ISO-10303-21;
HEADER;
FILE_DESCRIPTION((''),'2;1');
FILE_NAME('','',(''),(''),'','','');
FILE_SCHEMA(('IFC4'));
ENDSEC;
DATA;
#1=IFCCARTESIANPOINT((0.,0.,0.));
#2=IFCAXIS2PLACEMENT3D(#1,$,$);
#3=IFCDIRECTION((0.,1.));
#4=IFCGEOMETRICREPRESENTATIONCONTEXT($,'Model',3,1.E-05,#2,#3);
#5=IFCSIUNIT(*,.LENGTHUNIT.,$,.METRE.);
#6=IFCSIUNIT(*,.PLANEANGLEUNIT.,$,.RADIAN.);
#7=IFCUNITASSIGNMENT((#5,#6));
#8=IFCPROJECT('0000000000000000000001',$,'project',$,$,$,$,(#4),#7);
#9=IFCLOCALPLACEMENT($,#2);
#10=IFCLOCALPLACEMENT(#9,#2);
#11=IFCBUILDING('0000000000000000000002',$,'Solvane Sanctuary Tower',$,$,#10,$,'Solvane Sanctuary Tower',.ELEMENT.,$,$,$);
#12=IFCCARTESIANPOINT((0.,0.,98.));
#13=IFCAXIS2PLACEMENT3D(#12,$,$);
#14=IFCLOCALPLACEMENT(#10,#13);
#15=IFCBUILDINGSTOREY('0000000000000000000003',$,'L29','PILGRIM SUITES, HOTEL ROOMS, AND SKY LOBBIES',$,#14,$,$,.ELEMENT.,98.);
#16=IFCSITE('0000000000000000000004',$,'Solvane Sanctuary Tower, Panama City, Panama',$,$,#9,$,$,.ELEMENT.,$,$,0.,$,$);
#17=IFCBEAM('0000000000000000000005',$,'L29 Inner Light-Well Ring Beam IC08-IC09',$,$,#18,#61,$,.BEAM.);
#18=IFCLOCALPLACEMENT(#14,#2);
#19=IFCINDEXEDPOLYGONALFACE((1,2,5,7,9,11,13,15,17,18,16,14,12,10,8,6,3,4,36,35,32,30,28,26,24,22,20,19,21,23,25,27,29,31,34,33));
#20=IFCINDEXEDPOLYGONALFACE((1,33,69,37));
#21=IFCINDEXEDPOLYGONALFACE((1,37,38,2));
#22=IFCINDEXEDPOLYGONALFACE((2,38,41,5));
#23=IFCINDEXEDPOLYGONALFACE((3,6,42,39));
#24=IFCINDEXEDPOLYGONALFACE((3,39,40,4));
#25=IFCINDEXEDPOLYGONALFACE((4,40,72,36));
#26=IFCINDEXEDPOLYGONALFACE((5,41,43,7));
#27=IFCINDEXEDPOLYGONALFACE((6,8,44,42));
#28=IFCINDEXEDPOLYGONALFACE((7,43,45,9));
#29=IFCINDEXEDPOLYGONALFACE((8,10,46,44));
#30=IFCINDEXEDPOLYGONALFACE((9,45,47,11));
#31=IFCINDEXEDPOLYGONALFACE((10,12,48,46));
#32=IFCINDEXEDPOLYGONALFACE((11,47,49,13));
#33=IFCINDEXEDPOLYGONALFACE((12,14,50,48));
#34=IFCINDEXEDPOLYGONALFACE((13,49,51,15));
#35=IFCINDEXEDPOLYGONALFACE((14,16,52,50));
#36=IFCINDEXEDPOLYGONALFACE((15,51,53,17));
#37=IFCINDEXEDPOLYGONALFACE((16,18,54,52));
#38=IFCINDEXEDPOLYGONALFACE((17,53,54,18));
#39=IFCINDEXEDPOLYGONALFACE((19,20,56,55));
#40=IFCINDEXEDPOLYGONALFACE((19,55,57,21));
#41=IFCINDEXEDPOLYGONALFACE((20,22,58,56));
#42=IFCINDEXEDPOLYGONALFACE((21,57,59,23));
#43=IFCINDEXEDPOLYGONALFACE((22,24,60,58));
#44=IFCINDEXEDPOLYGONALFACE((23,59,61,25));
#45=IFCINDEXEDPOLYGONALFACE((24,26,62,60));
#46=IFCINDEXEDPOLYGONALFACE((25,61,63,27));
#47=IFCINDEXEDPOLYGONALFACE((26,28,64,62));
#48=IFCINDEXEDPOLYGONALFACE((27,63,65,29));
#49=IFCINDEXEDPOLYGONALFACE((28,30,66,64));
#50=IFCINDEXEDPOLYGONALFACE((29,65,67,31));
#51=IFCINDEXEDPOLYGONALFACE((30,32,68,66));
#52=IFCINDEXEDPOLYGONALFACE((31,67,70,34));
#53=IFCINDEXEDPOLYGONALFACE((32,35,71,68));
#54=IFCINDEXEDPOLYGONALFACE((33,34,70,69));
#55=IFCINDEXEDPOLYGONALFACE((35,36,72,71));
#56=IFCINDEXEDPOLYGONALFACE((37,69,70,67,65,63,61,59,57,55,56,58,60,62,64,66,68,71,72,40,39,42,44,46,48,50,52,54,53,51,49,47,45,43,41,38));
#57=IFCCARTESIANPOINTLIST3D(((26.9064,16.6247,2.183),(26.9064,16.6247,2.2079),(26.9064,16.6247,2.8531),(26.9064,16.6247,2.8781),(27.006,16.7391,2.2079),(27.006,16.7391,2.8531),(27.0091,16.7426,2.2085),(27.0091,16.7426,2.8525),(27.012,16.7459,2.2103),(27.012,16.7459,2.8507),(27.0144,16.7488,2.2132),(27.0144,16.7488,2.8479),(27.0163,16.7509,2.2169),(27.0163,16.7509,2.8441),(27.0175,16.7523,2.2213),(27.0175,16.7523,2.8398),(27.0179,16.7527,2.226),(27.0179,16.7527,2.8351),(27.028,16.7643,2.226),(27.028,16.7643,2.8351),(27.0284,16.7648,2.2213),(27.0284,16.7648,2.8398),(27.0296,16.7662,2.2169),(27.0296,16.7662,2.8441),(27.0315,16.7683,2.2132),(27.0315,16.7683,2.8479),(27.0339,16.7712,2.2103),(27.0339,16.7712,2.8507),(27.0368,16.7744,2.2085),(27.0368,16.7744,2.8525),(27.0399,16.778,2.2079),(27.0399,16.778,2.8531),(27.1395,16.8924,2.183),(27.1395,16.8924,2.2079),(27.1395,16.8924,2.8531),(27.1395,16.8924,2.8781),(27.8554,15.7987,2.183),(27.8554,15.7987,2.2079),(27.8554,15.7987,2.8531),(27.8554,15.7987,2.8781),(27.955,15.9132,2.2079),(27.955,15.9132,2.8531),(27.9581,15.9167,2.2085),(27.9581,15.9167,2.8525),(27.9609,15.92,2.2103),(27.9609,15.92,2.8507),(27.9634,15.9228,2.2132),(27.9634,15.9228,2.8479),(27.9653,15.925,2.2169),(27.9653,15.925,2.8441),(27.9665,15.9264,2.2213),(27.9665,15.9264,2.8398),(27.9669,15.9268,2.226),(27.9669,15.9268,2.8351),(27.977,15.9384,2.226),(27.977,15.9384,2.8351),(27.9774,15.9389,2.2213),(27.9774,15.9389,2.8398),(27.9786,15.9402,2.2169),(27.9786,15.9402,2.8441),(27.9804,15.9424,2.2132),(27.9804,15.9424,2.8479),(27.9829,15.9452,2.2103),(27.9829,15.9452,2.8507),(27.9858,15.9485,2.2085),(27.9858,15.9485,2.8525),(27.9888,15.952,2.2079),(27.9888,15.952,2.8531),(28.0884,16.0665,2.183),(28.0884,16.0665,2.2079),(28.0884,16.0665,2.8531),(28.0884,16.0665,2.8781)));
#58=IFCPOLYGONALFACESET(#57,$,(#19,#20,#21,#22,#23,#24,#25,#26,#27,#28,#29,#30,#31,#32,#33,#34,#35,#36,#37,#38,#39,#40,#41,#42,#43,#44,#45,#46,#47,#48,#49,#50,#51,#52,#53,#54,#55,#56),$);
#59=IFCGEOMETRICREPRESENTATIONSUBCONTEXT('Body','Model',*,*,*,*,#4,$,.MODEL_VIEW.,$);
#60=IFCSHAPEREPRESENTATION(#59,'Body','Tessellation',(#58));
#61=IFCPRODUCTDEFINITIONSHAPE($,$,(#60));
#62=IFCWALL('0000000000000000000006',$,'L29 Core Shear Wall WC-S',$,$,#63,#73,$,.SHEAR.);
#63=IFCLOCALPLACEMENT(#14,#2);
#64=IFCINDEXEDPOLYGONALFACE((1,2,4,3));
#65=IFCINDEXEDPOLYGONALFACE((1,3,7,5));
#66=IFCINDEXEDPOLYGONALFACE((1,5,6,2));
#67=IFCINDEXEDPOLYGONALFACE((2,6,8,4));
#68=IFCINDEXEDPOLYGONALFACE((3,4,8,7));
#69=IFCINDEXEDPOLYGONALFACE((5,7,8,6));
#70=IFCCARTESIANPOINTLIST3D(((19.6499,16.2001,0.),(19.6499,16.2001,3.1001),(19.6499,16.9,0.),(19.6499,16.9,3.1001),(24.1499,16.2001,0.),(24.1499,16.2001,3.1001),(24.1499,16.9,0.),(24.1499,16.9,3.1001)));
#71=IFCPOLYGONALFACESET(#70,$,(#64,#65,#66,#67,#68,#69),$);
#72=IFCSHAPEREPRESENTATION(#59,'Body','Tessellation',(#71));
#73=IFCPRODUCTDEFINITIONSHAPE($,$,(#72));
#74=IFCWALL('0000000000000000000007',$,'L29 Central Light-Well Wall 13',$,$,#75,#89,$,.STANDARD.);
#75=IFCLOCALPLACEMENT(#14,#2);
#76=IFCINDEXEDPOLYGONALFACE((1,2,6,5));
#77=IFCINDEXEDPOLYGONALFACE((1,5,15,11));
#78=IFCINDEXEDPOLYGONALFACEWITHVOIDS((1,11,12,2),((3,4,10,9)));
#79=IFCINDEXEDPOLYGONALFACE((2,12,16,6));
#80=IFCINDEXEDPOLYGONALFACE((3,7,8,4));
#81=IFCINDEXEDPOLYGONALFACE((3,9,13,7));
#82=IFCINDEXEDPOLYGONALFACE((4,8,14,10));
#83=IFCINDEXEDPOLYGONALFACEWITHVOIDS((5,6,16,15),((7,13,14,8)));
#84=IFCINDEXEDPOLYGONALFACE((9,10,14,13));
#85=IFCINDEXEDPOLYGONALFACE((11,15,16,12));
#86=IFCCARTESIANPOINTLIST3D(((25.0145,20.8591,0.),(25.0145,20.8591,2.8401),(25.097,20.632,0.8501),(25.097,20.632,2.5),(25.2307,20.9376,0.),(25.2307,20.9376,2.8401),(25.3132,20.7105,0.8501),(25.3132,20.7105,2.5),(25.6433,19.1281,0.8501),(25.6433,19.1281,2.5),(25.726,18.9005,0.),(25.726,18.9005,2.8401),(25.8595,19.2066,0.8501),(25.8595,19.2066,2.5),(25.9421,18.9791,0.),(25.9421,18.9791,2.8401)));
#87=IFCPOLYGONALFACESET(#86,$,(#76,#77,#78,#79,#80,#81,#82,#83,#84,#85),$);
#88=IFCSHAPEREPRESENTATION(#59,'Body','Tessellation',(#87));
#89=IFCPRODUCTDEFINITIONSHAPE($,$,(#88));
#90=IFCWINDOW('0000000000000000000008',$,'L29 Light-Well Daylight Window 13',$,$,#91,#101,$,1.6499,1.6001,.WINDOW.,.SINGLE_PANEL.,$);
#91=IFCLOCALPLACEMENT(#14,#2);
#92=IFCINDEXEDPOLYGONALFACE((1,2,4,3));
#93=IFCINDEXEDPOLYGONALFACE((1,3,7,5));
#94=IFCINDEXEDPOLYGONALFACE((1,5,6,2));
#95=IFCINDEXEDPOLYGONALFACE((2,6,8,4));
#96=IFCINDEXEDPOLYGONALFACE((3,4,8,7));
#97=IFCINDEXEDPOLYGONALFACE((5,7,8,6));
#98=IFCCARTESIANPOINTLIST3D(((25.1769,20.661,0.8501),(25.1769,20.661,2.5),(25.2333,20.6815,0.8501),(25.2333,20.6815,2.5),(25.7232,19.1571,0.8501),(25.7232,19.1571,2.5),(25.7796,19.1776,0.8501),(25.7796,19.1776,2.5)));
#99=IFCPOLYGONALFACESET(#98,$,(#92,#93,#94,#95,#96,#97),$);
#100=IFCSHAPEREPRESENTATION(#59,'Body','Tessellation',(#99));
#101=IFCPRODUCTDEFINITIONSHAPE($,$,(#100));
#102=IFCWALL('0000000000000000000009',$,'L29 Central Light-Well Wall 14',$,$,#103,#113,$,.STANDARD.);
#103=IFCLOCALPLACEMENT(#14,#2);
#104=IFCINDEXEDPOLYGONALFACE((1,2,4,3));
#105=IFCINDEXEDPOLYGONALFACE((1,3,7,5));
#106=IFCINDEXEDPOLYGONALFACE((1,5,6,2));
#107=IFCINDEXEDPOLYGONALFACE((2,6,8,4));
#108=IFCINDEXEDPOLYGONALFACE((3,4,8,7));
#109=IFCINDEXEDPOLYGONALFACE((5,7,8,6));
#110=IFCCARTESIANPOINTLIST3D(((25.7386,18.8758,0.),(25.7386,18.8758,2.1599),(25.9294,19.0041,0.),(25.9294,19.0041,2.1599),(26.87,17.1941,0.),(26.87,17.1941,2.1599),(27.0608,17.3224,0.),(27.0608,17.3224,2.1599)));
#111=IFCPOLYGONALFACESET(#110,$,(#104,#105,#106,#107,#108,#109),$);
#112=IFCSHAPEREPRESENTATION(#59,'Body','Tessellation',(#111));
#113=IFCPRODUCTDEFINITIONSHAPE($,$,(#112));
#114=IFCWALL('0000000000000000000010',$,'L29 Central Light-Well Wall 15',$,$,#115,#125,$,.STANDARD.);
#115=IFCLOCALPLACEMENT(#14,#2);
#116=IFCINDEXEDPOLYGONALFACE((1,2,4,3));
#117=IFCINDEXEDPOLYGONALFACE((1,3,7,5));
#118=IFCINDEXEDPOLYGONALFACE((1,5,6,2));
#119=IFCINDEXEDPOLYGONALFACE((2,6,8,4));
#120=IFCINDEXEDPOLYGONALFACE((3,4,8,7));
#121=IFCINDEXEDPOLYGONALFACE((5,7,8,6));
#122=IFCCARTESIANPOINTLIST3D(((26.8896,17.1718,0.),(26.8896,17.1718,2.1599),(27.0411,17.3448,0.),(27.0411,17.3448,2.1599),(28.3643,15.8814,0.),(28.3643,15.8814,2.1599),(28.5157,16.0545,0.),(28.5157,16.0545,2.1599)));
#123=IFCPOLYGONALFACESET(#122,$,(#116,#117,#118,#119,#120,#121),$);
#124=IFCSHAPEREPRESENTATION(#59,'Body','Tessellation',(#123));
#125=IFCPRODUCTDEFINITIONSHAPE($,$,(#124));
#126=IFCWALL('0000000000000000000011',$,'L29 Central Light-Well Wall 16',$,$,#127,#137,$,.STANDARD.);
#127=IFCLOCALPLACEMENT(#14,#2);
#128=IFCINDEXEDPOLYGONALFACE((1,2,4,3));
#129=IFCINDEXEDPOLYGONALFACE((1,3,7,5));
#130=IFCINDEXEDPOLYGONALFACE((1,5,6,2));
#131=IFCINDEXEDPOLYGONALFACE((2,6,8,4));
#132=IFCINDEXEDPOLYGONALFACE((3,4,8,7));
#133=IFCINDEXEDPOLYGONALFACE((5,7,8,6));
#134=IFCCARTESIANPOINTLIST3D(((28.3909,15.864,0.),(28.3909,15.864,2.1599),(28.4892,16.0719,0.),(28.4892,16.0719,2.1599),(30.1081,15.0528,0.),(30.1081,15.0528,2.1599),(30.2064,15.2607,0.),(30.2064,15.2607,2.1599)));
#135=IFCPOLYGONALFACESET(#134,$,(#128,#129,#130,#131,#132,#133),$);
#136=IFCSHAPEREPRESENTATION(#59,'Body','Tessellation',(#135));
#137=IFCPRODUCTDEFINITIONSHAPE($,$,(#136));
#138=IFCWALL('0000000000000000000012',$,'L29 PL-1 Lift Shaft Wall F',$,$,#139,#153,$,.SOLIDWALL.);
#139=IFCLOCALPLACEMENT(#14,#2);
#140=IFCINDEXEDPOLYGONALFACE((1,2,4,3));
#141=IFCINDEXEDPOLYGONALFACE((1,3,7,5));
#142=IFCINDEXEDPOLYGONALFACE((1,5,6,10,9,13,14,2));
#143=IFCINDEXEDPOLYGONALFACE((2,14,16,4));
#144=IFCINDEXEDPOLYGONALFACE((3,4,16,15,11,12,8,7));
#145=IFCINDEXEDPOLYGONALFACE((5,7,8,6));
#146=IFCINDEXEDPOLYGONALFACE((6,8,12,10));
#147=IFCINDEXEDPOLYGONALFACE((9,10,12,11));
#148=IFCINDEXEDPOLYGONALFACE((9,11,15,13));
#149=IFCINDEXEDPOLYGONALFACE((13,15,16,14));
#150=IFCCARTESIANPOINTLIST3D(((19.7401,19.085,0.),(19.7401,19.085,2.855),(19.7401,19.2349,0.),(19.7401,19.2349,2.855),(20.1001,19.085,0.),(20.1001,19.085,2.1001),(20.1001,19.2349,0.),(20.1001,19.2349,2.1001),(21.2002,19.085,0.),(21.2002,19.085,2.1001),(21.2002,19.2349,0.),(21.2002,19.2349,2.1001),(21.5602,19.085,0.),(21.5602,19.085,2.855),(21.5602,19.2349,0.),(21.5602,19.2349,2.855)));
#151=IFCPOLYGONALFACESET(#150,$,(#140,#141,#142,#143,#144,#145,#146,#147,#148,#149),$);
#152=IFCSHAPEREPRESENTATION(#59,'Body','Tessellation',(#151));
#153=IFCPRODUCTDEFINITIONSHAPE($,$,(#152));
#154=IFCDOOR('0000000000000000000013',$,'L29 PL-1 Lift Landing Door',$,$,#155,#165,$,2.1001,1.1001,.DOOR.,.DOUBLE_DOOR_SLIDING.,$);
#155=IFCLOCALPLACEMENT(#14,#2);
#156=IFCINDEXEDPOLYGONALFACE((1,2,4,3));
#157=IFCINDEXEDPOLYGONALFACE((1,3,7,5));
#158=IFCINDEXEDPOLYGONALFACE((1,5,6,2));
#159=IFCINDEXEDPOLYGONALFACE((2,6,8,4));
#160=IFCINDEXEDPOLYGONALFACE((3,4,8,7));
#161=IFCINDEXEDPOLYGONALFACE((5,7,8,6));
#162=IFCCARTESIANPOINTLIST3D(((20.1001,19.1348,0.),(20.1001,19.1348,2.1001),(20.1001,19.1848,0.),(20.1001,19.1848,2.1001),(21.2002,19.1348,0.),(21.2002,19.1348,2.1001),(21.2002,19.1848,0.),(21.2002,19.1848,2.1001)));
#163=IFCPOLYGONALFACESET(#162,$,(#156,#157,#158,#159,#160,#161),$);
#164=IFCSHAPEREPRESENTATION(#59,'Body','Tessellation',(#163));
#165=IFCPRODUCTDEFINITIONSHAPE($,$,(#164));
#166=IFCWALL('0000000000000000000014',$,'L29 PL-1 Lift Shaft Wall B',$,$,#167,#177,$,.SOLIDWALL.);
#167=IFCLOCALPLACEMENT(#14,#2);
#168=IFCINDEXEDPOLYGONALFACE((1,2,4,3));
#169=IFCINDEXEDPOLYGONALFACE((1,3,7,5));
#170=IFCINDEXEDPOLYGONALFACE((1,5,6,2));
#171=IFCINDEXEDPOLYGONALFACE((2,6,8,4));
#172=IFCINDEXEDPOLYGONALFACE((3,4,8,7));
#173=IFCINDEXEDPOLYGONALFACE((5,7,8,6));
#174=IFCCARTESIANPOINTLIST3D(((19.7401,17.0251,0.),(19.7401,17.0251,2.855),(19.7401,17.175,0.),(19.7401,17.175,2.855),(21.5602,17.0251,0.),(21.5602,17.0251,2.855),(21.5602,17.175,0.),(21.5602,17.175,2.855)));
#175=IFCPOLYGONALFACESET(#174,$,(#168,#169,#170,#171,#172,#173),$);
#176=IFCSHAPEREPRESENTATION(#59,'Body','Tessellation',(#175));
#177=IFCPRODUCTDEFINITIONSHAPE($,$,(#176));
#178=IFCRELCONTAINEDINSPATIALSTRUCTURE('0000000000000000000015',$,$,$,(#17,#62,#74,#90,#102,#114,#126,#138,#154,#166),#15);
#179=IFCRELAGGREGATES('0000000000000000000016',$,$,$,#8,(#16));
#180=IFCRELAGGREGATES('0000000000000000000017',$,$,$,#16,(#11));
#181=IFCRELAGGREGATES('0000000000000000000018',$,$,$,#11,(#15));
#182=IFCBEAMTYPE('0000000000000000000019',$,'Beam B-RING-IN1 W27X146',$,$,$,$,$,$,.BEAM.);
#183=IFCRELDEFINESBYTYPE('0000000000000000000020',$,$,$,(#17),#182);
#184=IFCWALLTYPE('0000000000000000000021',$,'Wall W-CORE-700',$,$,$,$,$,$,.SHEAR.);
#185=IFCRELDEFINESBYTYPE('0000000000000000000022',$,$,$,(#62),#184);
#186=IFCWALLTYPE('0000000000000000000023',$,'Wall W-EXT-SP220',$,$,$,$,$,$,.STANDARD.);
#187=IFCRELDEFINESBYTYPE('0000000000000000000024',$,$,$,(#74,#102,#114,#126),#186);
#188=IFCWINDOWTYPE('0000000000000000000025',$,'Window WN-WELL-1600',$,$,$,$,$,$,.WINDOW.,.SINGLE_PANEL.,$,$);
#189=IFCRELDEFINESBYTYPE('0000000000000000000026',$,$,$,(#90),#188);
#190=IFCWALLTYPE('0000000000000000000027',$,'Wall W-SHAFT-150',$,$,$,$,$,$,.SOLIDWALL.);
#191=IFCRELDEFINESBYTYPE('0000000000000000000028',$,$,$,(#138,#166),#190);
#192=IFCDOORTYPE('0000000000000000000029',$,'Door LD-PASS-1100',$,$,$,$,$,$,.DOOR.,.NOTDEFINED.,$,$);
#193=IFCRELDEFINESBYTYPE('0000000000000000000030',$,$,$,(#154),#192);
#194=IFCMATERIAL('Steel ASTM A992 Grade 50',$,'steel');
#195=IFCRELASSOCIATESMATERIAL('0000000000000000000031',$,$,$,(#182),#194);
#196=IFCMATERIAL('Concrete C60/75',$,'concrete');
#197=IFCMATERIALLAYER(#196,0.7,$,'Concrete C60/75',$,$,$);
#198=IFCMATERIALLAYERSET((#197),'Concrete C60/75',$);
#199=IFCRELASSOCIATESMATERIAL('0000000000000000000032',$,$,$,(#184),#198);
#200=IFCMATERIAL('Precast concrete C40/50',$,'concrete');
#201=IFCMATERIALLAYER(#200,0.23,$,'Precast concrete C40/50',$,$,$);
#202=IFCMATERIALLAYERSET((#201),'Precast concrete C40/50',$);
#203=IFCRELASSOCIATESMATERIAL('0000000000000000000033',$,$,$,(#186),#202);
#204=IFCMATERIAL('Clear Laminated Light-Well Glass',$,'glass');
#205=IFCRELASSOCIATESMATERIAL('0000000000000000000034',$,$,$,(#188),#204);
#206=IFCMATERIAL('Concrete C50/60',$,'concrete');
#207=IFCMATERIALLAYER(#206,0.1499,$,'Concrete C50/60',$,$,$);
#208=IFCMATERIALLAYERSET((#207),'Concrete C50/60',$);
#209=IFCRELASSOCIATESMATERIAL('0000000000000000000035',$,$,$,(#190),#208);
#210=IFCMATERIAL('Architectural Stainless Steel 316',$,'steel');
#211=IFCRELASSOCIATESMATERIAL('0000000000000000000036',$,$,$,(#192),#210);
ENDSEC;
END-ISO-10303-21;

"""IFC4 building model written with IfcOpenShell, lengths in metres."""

from ifc_helpers import new_model, si_unit, direction, frame, frame_2d, origin, origin_2d, place, context, subcontext, project, spatial, rectangle, i_section, extrude, material, layer, layer_set, material_profile, profile_set, type_object, element, fill, save


model = new_model("IFC4")

# Units and contexts
model_context = context("Model", 3, precision=1e-05, world=origin(), true_north=direction((0.0, 1.0)))
body_context = subcontext(model_context, "Body", "Model", "MODEL_VIEW")
ifc_project = project(units=[si_unit("LENGTHUNIT", "METRE"), si_unit("PLANEANGLEUNIT", "RADIAN")], contexts=[model_context])

# Site, building, storey
site_placement = place(None, origin())
site = spatial("IfcSite", under=ifc_project, at=site_placement, Name="Solvane Sanctuary Tower, Panama City, Panama", CompositionType="ELEMENT", RefElevation=0.0)
building_placement = place(site_placement, origin())
building = spatial("IfcBuilding", under=site, at=building_placement, Name="Solvane Sanctuary Tower", LongName="Solvane Sanctuary Tower", CompositionType="ELEMENT")
storey_placement = place(building_placement, frame((0.0, 0.0, 98.0)))
storey = spatial("IfcBuildingStorey", under=building, at=storey_placement, Name="L29", Description="PILGRIM SUITES, HOTEL ROOMS, AND SKY LOBBIES", CompositionType="ELEMENT", Elevation=98.0)

# Shared definitions
ifc_material_1 = material(Name="Concrete C60/75", Category="concrete")

# Beam
ifc_material_2 = material(Name="Steel ASTM A992 Grade 50", Category="steel")
ifc_material_profile_1 = material_profile(ifc_material_2, i_section(OverallWidth=0.355, OverallDepth=0.6951, WebThickness=0.0154, FlangeThickness=0.0249, FilletRadius=0.0181, at=origin_2d()), Name="W27X146")
ifc_profile_set_1 = profile_set([ifc_material_profile_1], Name="Steel ASTM A992 Grade 50")
beam_type_1 = type_object("IfcBeamType", Name="Beam B-RING-IN1 W27X146", PredefinedType="BEAM", material=ifc_profile_set_1)
beam_1_placement = place(storey_placement, frame((27.0229, 16.7585, 2.5305), z_axis=(0.754317, -0.65651, 0.0), x_axis=(0.65651, 0.754317, 0.0)))
element("IfcBeam", 1, at=beam_1_placement, inside=storey, type_object=beam_type_1, Name="L29 Inner Light-Well Ring Beam IC08-IC09", PredefinedType="BEAM", context=body_context, shape_type="SweptSolid", body=[
    extrude(i_section(OverallWidth=0.355, OverallDepth=0.6951, WebThickness=0.0154, FlangeThickness=0.0249, FilletRadius=0.0181, at=origin_2d()), origin(), (0.0, 0.0, 1.0), 1.2581),
])

# Wall
ifc_layer_1 = layer(ifc_material_1, 0.7, Name="Concrete C60/75")
ifc_layer_set_1 = layer_set([ifc_layer_1], Name="Concrete C60/75")
wall_type_1 = type_object("IfcWallType", Name="Wall W-CORE-700", PredefinedType="SHEAR", material=ifc_layer_set_1)
wall_1_placement = place(storey_placement, frame((19.6499, 16.55, 0.0), z_axis=(0.0, 0.0, 1.0), x_axis=(1.0, 0.0, 0.0)))
element("IfcWall", 2, at=wall_1_placement, inside=storey, type_object=wall_type_1, Name="L29 Core Shear Wall WC-S", PredefinedType="SHEAR", context=body_context, shape_type="SweptSolid", body=[
    extrude(rectangle(XDim=4.5, YDim=0.7, at=frame_2d((2.25, 0.0))), origin(), (0.0, 0.0, 1.0), 3.1001),
])

# Wall, opening, window
ifc_material_3 = material(Name="Precast concrete C40/50", Category="concrete")
ifc_layer_2 = layer(ifc_material_3, 0.23, Name="Precast concrete C40/50")
ifc_layer_set_2 = layer_set([ifc_layer_2], Name="Precast concrete C40/50")
wall_type_2 = type_object("IfcWallType", Name="Wall W-EXT-SP220", PredefinedType="STANDARD", material=ifc_layer_set_2)
wall_2_placement = place(storey_placement, frame((25.1226, 20.8984, 0.0), z_axis=(0.0, 0.0, 1.0), x_axis=(0.341423, -0.93991, 0.0)))
wall_2 = element("IfcWall", 3, at=wall_2_placement, inside=storey, type_object=wall_type_2, Name="L29 Central Light-Well Wall 13", PredefinedType="STANDARD", context=body_context, shape_type="SweptSolid", body=[
    extrude(rectangle(XDim=2.0837, YDim=0.23, at=frame_2d((1.042, 0.0))), origin(), (0.0, 0.0, 1.0), 2.8401),
])
opening_1_placement = place(wall_2_placement, frame((0.2417, 0.0, 0.8501)))
opening_1 = element("IfcOpeningElement", 4, at=opening_1_placement, cuts=wall_2, PredefinedType="OPENING", context=body_context, shape_type="SweptSolid", body=[
    extrude(rectangle(XDim=1.6001, YDim=1.6499, at=frame_2d((0.8, 0.825))), frame((0.0, 0.125, 0.0), z_axis=(0.0, -1.0, 0.0), x_axis=(1.0, 0.0, 0.0)), (0.0, 0.0, 1.0), 0.25),
])
ifc_material_4 = material(Name="Clear Laminated Light-Well Glass", Category="glass")
window_type = type_object("IfcWindowType", Name="Window WN-WELL-1600", PartitioningType="SINGLE_PANEL", PredefinedType="WINDOW", material=ifc_material_4)
window_placement = place(opening_1_placement, origin())
window = element("IfcWindow", 5, at=window_placement, inside=storey, type_object=window_type, Name="L29 Light-Well Daylight Window 13", OverallHeight=1.6499, OverallWidth=1.6001, PartitioningType="SINGLE_PANEL", PredefinedType="WINDOW", context=body_context, shape_type="SweptSolid", body=[
    extrude(rectangle(XDim=1.6001, YDim=1.6499, at=frame_2d((0.8, 0.825))), frame((0.0, 0.03, 0.0), z_axis=(0.0, -1.0, 0.0), x_axis=(1.0, 0.0, 0.0)), (0.0, 0.0, 1.0), 0.0601),
])
fill(opening_1, window)

# Walls
wall_3_placement = place(storey_placement, frame((25.834, 18.9399, 0.0), z_axis=(0.0, 0.0, 1.0), x_axis=(0.558198, -0.829708, 0.0)))
element("IfcWall", 6, at=wall_3_placement, inside=storey, type_object=wall_type_2, Name="L29 Central Light-Well Wall 14", PredefinedType="STANDARD", context=body_context, shape_type="SweptSolid", body=[
    extrude(rectangle(XDim=2.0269, YDim=0.23, at=frame_2d((1.0134, 0.0))), origin(), (0.0, 0.0, 1.0), 2.1599),
])
wall_4_placement = place(storey_placement, frame((26.9653, 17.2583, 0.0), z_axis=(0.0, 0.0, 1.0), x_axis=(0.752577, -0.658505, 0.0)))
element("IfcWall", 7, at=wall_4_placement, inside=storey, type_object=wall_type_2, Name="L29 Central Light-Well Wall 15", PredefinedType="STANDARD", context=body_context, shape_type="SweptSolid", body=[
    extrude(rectangle(XDim=1.9595, YDim=0.23, at=frame_2d((0.9797, 0.0))), origin(), (0.0, 0.0, 1.0), 2.1599),
])
wall_5_placement = place(storey_placement, frame((28.4399, 15.968, 0.0), z_axis=(0.0, 0.0, 1.0), x_axis=(0.90418, -0.427152, 0.0)))
element("IfcWall", 8, at=wall_5_placement, inside=storey, type_object=wall_type_2, Name="L29 Central Light-Well Wall 16", PredefinedType="STANDARD", context=body_context, shape_type="SweptSolid", body=[
    extrude(rectangle(XDim=1.8992, YDim=0.23, at=frame_2d((0.9497, 0.0))), origin(), (0.0, 0.0, 1.0), 2.1599),
])

# Wall, opening, door
ifc_material_5 = material(Name="Concrete C50/60", Category="concrete")
ifc_layer_3 = layer(ifc_material_5, 0.1499, Name="Concrete C50/60")
ifc_layer_set_3 = layer_set([ifc_layer_3], Name="Concrete C50/60")
wall_type_3 = type_object("IfcWallType", Name="Wall W-SHAFT-150", PredefinedType="SOLIDWALL", material=ifc_layer_set_3)
wall_6_placement = place(storey_placement, frame((19.74, 19.1599, 0.0), z_axis=(0.0, 0.0, 1.0), x_axis=(1.0, 0.0, 0.0)))
wall_6 = element("IfcWall", 9, at=wall_6_placement, inside=storey, type_object=wall_type_3, Name="L29 PL-1 Lift Shaft Wall F", PredefinedType="SOLIDWALL", context=body_context, shape_type="SweptSolid", body=[
    extrude(rectangle(XDim=1.8201, YDim=0.1499, at=frame_2d((0.9102, 0.0))), origin(), (0.0, 0.0, 1.0), 2.855),
])
opening_2_placement = place(wall_6_placement, frame((0.3601, 0.0, 0.0)))
opening_2 = element("IfcOpeningElement", 10, at=opening_2_placement, cuts=wall_6, PredefinedType="OPENING", context=body_context, shape_type="SweptSolid", body=[
    extrude(rectangle(XDim=1.1001, YDim=2.1001, at=frame_2d((0.55, 1.05))), frame((0.0, 0.085, 0.0), z_axis=(0.0, -1.0, 0.0), x_axis=(1.0, 0.0, 0.0)), (0.0, 0.0, 1.0), 0.1699),
])
ifc_material_6 = material(Name="Architectural Stainless Steel 316", Category="steel")
door_type = type_object("IfcDoorType", Name="Door LD-PASS-1100", OperationType="NOTDEFINED", PredefinedType="DOOR", material=ifc_material_6)
door_1_placement = place(opening_2_placement, origin())
door_1 = element("IfcDoor", 11, at=door_1_placement, inside=storey, type_object=door_type, Name="L29 PL-1 Lift Landing Door", OperationType="DOUBLE_DOOR_SLIDING", OverallHeight=2.1001, OverallWidth=1.1001, PredefinedType="DOOR", context=body_context, shape_type="SweptSolid", body=[
    extrude(rectangle(XDim=1.1001, YDim=2.1001, at=frame_2d((0.55, 1.05))), frame((0.0, 0.0249, 0.0), z_axis=(0.0, -1.0, 0.0), x_axis=(1.0, 0.0, 0.0)), (0.0, 0.0, 1.0), 0.05),
])
fill(opening_2, door_1)

# Wall
wall_7_placement = place(storey_placement, frame((19.74, 17.1001, 0.0), z_axis=(0.0, 0.0, 1.0), x_axis=(1.0, 0.0, 0.0)))
element("IfcWall", 12, at=wall_7_placement, inside=storey, type_object=wall_type_3, Name="L29 PL-1 Lift Shaft Wall B", PredefinedType="SOLIDWALL", context=body_context, shape_type="SweptSolid", body=[
    extrude(rectangle(XDim=1.8201, YDim=0.1499, at=frame_2d((0.9102, 0.0))), origin(), (0.0, 0.0, 1.0), 2.855),
])

save(model, "model.ifc")
